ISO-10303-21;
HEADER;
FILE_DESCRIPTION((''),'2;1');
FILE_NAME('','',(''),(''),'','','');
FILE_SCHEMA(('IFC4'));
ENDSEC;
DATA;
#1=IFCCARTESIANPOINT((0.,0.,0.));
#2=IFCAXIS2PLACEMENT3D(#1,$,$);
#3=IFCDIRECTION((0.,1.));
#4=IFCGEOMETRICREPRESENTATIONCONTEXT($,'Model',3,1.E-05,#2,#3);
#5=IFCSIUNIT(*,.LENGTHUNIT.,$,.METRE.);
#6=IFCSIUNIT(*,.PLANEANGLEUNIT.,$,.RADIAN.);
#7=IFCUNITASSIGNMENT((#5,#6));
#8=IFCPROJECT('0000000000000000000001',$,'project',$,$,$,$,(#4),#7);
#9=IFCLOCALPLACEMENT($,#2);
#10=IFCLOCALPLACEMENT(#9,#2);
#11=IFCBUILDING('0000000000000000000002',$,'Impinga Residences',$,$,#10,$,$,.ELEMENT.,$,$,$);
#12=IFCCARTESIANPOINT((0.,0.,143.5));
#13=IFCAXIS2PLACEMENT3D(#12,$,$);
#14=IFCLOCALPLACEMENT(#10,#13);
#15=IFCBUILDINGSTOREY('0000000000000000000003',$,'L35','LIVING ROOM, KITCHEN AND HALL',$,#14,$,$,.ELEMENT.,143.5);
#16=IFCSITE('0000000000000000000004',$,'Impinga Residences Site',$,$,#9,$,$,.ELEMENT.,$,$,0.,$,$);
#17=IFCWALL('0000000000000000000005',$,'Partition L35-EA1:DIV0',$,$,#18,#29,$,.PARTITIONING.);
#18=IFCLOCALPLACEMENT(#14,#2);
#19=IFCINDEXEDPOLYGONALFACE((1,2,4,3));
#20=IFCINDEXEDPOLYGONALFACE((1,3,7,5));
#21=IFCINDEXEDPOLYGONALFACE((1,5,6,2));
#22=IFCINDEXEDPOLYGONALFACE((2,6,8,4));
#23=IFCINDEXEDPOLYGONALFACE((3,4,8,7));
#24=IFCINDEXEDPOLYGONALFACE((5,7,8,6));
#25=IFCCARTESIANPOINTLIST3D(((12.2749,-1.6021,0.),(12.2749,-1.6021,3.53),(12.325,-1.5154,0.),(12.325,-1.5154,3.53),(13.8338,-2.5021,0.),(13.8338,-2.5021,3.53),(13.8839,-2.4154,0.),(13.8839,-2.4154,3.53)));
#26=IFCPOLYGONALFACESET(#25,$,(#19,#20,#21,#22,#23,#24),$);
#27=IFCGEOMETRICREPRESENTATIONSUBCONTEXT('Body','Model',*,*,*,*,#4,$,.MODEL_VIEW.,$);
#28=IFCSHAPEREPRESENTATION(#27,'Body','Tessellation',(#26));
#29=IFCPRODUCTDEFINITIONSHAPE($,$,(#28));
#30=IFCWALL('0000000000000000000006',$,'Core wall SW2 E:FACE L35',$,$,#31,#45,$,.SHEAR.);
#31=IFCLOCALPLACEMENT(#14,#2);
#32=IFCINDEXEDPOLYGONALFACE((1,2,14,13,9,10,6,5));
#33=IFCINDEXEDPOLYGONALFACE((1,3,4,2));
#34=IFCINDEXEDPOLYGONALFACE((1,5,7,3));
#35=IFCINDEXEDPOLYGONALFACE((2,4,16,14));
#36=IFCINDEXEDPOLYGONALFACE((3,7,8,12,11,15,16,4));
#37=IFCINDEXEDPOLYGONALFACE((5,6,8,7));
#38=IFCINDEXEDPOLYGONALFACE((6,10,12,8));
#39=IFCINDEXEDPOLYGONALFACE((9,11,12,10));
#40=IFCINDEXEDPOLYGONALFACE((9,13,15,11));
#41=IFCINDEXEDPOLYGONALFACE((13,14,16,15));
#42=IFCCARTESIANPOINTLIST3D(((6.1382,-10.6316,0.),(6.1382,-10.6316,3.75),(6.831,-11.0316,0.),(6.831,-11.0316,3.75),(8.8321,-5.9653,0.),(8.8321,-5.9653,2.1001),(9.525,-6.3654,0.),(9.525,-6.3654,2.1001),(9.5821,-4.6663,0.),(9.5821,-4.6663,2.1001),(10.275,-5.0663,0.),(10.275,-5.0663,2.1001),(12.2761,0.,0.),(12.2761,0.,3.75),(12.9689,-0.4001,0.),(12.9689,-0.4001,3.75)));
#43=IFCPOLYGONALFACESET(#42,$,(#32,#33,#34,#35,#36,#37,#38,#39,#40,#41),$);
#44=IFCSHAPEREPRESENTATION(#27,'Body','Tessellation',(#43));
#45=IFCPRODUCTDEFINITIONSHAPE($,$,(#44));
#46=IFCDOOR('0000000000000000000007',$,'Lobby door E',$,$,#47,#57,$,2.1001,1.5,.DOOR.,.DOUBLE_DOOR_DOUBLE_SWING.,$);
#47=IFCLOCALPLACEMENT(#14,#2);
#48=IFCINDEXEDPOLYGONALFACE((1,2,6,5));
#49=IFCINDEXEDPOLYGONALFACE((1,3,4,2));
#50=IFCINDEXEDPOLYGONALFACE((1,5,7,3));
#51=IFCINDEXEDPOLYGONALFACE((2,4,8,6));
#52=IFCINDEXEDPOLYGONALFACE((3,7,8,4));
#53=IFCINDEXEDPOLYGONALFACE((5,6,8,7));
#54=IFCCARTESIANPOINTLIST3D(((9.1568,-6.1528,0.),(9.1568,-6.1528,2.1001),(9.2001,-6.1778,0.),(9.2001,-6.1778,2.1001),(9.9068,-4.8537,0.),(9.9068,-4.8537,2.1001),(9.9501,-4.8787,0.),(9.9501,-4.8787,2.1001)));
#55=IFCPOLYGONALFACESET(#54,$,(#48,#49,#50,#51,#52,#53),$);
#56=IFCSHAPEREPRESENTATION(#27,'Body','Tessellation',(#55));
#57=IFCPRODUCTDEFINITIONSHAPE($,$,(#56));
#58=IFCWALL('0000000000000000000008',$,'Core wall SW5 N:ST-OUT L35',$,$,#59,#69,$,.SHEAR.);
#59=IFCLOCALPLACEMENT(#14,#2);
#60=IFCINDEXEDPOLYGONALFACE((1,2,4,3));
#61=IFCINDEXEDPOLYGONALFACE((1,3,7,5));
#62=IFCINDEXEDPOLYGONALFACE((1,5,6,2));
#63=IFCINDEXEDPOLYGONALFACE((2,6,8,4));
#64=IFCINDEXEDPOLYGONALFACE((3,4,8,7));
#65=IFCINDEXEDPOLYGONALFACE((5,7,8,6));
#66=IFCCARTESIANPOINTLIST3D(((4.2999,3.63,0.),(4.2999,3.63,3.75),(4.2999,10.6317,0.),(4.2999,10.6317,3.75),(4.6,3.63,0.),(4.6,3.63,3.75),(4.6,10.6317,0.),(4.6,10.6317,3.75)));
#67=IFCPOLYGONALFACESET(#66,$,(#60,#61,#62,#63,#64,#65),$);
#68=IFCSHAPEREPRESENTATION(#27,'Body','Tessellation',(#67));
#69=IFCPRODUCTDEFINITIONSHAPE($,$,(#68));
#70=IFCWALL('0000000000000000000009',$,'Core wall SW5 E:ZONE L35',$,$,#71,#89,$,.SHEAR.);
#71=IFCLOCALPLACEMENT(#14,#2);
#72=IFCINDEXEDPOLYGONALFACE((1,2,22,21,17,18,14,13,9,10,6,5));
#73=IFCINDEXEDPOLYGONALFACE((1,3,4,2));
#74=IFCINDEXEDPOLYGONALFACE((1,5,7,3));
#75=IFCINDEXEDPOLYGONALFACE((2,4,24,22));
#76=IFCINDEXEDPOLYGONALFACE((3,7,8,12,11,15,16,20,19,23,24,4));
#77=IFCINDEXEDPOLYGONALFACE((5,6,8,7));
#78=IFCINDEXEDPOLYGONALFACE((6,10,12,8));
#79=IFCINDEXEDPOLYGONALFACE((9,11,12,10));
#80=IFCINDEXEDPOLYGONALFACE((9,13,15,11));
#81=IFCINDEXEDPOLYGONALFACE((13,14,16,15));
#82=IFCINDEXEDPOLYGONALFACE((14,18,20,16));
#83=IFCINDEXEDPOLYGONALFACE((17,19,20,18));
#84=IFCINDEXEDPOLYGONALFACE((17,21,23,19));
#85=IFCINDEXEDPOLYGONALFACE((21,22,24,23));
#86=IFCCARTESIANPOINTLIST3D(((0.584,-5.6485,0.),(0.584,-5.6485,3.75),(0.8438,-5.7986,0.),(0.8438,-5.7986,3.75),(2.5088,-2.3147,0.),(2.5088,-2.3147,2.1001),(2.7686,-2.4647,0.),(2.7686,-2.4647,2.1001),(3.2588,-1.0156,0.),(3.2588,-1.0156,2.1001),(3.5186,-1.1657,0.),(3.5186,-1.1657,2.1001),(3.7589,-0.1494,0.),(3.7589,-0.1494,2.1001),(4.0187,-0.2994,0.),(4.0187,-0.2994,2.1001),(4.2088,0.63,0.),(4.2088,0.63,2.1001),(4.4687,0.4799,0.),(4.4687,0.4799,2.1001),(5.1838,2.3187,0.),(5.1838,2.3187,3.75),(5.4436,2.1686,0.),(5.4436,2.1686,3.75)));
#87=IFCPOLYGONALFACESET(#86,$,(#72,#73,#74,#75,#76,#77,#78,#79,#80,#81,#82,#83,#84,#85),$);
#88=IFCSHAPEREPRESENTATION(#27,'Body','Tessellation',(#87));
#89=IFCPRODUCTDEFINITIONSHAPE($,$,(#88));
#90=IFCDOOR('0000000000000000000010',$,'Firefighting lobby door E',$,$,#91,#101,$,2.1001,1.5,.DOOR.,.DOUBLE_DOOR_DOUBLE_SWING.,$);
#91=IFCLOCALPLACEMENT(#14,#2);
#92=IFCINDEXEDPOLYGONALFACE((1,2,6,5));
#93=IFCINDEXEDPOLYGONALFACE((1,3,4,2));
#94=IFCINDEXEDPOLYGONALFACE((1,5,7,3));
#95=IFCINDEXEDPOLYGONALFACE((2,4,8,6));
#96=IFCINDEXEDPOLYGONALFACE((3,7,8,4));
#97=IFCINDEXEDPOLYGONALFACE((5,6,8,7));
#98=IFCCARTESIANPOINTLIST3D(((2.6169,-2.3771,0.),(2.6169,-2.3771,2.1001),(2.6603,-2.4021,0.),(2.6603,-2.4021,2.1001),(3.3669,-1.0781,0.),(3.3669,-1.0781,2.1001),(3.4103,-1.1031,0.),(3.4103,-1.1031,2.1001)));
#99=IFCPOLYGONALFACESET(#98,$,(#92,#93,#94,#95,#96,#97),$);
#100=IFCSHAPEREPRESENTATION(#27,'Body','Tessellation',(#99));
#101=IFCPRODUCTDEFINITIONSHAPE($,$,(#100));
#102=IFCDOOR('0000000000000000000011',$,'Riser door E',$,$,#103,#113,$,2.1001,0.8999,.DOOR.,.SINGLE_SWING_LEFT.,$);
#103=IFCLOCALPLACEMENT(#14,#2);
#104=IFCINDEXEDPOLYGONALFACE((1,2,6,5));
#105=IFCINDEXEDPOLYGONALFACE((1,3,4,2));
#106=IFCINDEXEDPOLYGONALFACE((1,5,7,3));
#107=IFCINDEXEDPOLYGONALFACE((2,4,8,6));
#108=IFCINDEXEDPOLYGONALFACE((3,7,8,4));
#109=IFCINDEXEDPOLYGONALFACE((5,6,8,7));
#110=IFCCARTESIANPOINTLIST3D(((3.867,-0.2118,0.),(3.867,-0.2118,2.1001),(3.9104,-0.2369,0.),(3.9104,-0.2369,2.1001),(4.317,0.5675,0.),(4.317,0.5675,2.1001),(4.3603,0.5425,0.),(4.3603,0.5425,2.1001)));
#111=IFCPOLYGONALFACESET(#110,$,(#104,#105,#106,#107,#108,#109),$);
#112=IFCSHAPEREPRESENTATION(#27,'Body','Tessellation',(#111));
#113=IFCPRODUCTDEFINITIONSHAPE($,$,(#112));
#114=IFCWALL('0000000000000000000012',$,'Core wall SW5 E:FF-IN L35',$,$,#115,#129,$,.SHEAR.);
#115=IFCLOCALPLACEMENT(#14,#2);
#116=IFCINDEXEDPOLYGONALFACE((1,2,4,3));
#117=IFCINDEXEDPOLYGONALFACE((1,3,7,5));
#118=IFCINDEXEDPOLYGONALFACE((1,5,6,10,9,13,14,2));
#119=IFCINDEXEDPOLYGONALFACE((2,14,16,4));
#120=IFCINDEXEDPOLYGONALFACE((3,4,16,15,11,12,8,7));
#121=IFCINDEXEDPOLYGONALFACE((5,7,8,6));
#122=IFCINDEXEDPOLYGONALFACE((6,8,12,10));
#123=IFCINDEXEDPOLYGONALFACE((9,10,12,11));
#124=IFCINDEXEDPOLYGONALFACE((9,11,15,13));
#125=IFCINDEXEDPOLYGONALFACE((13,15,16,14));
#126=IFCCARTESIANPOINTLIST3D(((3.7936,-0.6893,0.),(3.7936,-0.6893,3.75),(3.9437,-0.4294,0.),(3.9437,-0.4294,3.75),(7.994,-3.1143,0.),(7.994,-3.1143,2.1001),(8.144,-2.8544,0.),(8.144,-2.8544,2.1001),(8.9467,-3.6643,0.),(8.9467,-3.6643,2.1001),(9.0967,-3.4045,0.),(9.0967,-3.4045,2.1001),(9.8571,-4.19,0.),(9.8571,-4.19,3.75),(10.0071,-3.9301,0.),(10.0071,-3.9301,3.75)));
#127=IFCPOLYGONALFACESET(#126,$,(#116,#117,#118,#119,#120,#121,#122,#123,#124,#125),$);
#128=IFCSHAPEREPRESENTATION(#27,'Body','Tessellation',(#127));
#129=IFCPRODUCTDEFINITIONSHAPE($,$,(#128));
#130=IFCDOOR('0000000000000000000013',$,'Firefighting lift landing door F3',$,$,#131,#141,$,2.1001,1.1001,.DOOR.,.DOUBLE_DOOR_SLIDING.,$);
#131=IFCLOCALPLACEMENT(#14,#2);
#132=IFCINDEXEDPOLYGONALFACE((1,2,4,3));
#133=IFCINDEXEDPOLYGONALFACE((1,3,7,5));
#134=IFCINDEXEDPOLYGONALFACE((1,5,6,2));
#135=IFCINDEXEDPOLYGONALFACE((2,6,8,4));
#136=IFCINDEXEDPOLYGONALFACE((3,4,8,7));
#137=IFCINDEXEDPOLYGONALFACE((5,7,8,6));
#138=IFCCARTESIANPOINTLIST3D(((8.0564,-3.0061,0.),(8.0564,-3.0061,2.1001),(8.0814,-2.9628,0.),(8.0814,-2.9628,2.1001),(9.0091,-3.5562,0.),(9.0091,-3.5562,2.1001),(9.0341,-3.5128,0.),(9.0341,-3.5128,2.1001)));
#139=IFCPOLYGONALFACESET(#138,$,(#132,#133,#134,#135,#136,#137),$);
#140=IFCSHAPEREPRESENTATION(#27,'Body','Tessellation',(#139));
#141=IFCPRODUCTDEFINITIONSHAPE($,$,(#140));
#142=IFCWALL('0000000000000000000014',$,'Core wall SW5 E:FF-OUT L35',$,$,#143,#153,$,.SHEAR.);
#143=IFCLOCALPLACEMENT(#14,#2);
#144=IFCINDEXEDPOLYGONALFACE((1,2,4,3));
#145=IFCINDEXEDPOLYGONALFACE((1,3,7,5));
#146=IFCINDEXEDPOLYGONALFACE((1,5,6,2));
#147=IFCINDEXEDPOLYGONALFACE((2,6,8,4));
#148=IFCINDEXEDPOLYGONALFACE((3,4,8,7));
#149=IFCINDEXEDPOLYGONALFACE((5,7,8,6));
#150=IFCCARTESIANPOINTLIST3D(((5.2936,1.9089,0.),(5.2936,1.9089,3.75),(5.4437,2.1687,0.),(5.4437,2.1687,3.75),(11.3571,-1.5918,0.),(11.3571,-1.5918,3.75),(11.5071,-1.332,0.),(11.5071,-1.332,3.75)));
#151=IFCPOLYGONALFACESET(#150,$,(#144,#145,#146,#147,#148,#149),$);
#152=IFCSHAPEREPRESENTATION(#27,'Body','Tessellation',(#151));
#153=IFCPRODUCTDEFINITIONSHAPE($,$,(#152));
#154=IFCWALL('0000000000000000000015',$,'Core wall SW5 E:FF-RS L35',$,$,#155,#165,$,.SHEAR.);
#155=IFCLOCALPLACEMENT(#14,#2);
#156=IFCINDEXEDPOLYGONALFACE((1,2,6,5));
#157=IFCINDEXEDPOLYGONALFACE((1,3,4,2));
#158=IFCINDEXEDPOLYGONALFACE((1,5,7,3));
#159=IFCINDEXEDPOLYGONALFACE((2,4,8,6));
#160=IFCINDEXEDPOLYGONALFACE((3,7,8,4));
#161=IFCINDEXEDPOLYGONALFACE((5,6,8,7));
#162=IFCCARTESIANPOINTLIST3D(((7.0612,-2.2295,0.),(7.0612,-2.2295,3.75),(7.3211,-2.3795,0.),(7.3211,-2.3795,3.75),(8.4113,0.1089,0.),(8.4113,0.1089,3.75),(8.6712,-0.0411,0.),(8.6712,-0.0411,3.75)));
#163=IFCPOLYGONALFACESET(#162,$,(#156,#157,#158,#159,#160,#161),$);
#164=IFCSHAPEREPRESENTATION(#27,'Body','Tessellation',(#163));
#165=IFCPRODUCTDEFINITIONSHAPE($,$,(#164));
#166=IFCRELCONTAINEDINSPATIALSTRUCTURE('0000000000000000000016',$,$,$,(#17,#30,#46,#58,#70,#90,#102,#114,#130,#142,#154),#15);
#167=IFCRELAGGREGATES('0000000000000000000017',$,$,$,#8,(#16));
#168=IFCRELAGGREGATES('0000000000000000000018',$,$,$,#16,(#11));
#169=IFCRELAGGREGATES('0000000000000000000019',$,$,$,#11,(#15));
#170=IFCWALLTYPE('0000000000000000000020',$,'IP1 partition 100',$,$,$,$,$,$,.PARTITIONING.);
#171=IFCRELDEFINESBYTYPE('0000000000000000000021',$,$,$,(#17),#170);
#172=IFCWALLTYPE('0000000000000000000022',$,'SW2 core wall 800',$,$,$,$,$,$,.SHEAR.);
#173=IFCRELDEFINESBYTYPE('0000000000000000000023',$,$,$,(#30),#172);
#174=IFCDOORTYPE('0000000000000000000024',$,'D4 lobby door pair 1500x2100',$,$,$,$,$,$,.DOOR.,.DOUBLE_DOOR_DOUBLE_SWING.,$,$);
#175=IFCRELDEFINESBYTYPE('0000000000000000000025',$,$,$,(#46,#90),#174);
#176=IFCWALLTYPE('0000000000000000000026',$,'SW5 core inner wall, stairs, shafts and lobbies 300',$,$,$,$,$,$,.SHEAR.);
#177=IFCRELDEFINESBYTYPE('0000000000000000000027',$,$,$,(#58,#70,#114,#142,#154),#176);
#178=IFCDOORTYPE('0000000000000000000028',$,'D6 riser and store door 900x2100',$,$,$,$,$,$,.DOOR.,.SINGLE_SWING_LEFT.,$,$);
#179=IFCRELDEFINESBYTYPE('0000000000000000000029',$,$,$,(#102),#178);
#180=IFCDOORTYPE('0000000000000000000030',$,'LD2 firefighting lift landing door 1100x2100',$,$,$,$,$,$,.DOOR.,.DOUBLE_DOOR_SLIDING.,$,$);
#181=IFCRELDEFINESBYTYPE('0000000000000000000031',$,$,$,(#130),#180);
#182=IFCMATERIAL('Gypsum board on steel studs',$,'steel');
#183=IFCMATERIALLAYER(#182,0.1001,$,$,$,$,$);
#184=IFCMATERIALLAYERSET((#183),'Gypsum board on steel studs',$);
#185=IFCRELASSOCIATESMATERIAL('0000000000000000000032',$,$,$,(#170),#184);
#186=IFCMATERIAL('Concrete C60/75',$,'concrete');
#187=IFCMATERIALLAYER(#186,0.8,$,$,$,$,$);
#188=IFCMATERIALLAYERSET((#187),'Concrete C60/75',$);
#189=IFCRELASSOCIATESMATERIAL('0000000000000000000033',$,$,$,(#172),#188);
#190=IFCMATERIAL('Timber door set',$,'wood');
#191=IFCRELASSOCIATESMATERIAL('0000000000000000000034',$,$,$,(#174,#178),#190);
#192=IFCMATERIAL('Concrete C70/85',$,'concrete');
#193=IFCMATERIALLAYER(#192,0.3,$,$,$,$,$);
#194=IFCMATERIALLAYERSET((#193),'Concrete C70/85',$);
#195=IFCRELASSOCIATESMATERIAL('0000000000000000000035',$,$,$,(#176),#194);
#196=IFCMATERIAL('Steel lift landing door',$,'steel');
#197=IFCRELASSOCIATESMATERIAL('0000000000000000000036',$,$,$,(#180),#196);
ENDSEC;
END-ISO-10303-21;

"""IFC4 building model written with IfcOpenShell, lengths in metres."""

from ifc_helpers import new_model, si_unit, direction, frame, frame_2d, origin, place, context, subcontext, project, spatial, rectangle, extrude, material, layer, layer_set, type_object, element, fill, save


model = new_model("IFC4")

# Units and contexts
model_context = context("Model", 3, precision=1e-05, world=origin(), true_north=direction((0.0, 1.0)))
body_context = subcontext(model_context, "Body", "Model", "MODEL_VIEW")
ifc_project = project(units=[si_unit("LENGTHUNIT", "METRE"), si_unit("PLANEANGLEUNIT", "RADIAN")], contexts=[model_context])

# Site, building, storey
site_placement = place(None, origin())
site = spatial("IfcSite", under=ifc_project, at=site_placement, Name="Impinga Residences Site", CompositionType="ELEMENT", RefElevation=0.0)
building_placement = place(site_placement, origin())
building = spatial("IfcBuilding", under=site, at=building_placement, Name="Impinga Residences", CompositionType="ELEMENT")
storey_placement = place(building_placement, frame((0.0, 0.0, 143.5)))
storey = spatial("IfcBuildingStorey", under=building, at=storey_placement, Name="L35", Description="LIVING ROOM, KITCHEN AND HALL", CompositionType="ELEMENT", Elevation=143.5)

# Wall
ifc_material_1 = material(Name="Gypsum board on steel studs", Category="steel")
ifc_layer_1 = layer(ifc_material_1, 0.1001)
ifc_layer_set_1 = layer_set([ifc_layer_1], Name="Gypsum board on steel studs")
wall_type_1 = type_object("IfcWallType", Name="IP1 partition 100", PredefinedType="PARTITIONING", material=ifc_layer_set_1)
wall_1_placement = place(storey_placement, frame((12.3, -1.5588, 0.0), z_axis=(0.0, 0.0, 1.0), x_axis=(0.866048, -0.499961, 0.0)))
element("IfcWall", 1, at=wall_1_placement, inside=storey, type_object=wall_type_1, Name="Partition L35-EA1:DIV0", PredefinedType="PARTITIONING", context=body_context, shape_type="SweptSolid", body=[
    extrude(rectangle(XDim=1.8, YDim=0.1001, at=frame_2d((0.8999, 0.0))), origin(), (0.0, 0.0, 1.0), 3.53),
])

# Wall, opening, door
ifc_material_2 = material(Name="Concrete C60/75", Category="concrete")
ifc_layer_2 = layer(ifc_material_2, 0.8)
ifc_layer_set_2 = layer_set([ifc_layer_2], Name="Concrete C60/75")
wall_type_2 = type_object("IfcWallType", Name="SW2 core wall 800", PredefinedType="SHEAR", material=ifc_layer_set_2)
wall_2_placement = place(storey_placement, frame((12.6226, -0.2, 0.0), z_axis=(0.0, 0.0, 1.0), x_axis=(-0.499987, -0.866033, 0.0)))
wall_2 = element("IfcWall", 2, at=wall_2_placement, inside=storey, type_object=wall_type_2, Name="Core wall SW2 E:FACE L35", PredefinedType="SHEAR", context=body_context, shape_type="SweptSolid", body=[
    extrude(rectangle(XDim=12.2761, YDim=0.8, at=frame_2d((6.1382, 0.0))), origin(), (0.0, 0.0, 1.0), 3.75),
])
opening_1_placement = place(wall_2_placement, frame((5.3882, 0.0, 0.0)))
opening_1 = element("IfcOpeningElement", 3, at=opening_1_placement, cuts=wall_2, PredefinedType="OPENING", context=body_context, shape_type="SweptSolid", body=[
    extrude(rectangle(XDim=1.5, YDim=2.1001, at=frame_2d((0.75, 1.05))), frame((0.0, 0.4099, 0.0), z_axis=(0.0, -1.0, 0.0), x_axis=(1.0, 0.0, 0.0)), (0.0, 0.0, 1.0), 0.8201),
])
ifc_material_3 = material(Name="Timber door set", Category="wood")
door_type_1 = type_object("IfcDoorType", Name="D4 lobby door pair 1500x2100", OperationType="DOUBLE_DOOR_DOUBLE_SWING", PredefinedType="DOOR", material=ifc_material_3)
door_1_placement = place(opening_1_placement, origin())
door_1 = element("IfcDoor", 4, at=door_1_placement, inside=storey, type_object=door_type_1, Name="Lobby door E", OperationType="DOUBLE_DOOR_DOUBLE_SWING", OverallHeight=2.1001, OverallWidth=1.5, PredefinedType="DOOR", context=body_context, shape_type="SweptSolid", body=[
    extrude(rectangle(XDim=1.5, YDim=2.1001, at=frame_2d((0.75, 1.05))), frame((0.0, 0.0249, 0.0), z_axis=(0.0, -1.0, 0.0), x_axis=(1.0, 0.0, 0.0)), (0.0, 0.0, 1.0), 0.05),
])
fill(opening_1, door_1)

# Wall
ifc_material_4 = material(Name="Concrete C70/85", Category="concrete")
ifc_layer_3 = layer(ifc_material_4, 0.3)
ifc_layer_set_3 = layer_set([ifc_layer_3], Name="Concrete C70/85")
wall_type_3 = type_object("IfcWallType", Name="SW5 core inner wall, stairs, shafts and lobbies 300", PredefinedType="SHEAR", material=ifc_layer_set_3)
wall_3_placement = place(storey_placement, frame((4.45, 3.6299, 0.0), z_axis=(0.0, 0.0, 1.0), x_axis=(0.0, 1.0, 0.0)))
element("IfcWall", 5, at=wall_3_placement, inside=storey, type_object=wall_type_3, Name="Core wall SW5 N:ST-OUT L35", PredefinedType="SHEAR", context=body_context, shape_type="SweptSolid", body=[
    extrude(rectangle(XDim=7.0017, YDim=0.3, at=frame_2d((3.501, 0.0))), origin(), (0.0, 0.0, 1.0), 3.75),
])

# Wall, openings, doors
wall_4_placement = place(storey_placement, frame((5.3137, 2.2437, 0.0), z_axis=(0.0, 0.0, 1.0), x_axis=(-0.499995, -0.866028, 0.0)))
wall_4 = element("IfcWall", 6, at=wall_4_placement, inside=storey, type_object=wall_type_3, Name="Core wall SW5 E:ZONE L35", PredefinedType="SHEAR", context=body_context, shape_type="SweptSolid", body=[
    extrude(rectangle(XDim=9.1997, YDim=0.3, at=frame_2d((4.5999, 0.0))), origin(), (0.0, 0.0, 1.0), 3.75),
])
opening_2_placement = place(wall_4_placement, frame((3.8501, 0.0, 0.0)))
opening_2 = element("IfcOpeningElement", 7, at=opening_2_placement, cuts=wall_4, PredefinedType="OPENING", context=body_context, shape_type="SweptSolid", body=[
    extrude(rectangle(XDim=1.5, YDim=2.1001, at=frame_2d((0.75, 1.05))), frame((0.0, 0.1599, 0.0), z_axis=(0.0, -1.0, 0.0), x_axis=(1.0, 0.0, 0.0)), (0.0, 0.0, 1.0), 0.3201),
])
opening_3_placement = place(wall_4_placement, frame((1.95, 0.0, 0.0)))
opening_3 = element("IfcOpeningElement", 8, at=opening_3_placement, cuts=wall_4, PredefinedType="OPENING", context=body_context, shape_type="SweptSolid", body=[
    extrude(rectangle(XDim=0.8999, YDim=2.1001, at=frame_2d((0.45, 1.05))), frame((0.0, 0.1599, 0.0), z_axis=(0.0, -1.0, 0.0), x_axis=(1.0, 0.0, 0.0)), (0.0, 0.0, 1.0), 0.3201),
])
door_2_placement = place(opening_2_placement, origin())
door_2 = element("IfcDoor", 9, at=door_2_placement, inside=storey, type_object=door_type_1, Name="Firefighting lobby door E", OperationType="DOUBLE_DOOR_DOUBLE_SWING", OverallHeight=2.1001, OverallWidth=1.5, PredefinedType="DOOR", context=body_context, shape_type="SweptSolid", body=[
    extrude(rectangle(XDim=1.5, YDim=2.1001, at=frame_2d((0.75, 1.05))), frame((0.0, 0.0249, 0.0), z_axis=(0.0, -1.0, 0.0), x_axis=(1.0, 0.0, 0.0)), (0.0, 0.0, 1.0), 0.05),
])
fill(opening_2, door_2)
door_type_2 = type_object("IfcDoorType", Name="D6 riser and store door 900x2100", OperationType="SINGLE_SWING_LEFT", PredefinedType="DOOR", material=ifc_material_3)
door_3_placement = place(opening_3_placement, origin())
door_3 = element("IfcDoor", 10, at=door_3_placement, inside=storey, type_object=door_type_2, Name="Riser door E", OperationType="SINGLE_SWING_LEFT", OverallHeight=2.1001, OverallWidth=0.8999, PredefinedType="DOOR", context=body_context, shape_type="SweptSolid", body=[
    extrude(rectangle(XDim=0.8999, YDim=2.1001, at=frame_2d((0.45, 1.05))), frame((0.0, 0.0249, 0.0), z_axis=(0.0, -1.0, 0.0), x_axis=(1.0, 0.0, 0.0)), (0.0, 0.0, 1.0), 0.05),
])
fill(opening_3, door_3)

# Wall, opening, door
wall_5_placement = place(storey_placement, frame((3.8687, -0.5593, 0.0), z_axis=(0.0, 0.0, 1.0), x_axis=(0.866026, -0.499998, 0.0)))
wall_5 = element("IfcWall", 11, at=wall_5_placement, inside=storey, type_object=wall_type_3, Name="Core wall SW5 E:FF-IN L35", PredefinedType="SHEAR", context=body_context, shape_type="SweptSolid", body=[
    extrude(rectangle(XDim=7.0015, YDim=0.3, at=frame_2d((3.5007, 0.0))), origin(), (0.0, 0.0, 1.0), 3.75),
])
opening_4_placement = place(wall_5_placement, frame((4.8501, 0.0, 0.0)))
opening_4 = element("IfcOpeningElement", 12, at=opening_4_placement, cuts=wall_5, PredefinedType="OPENING", context=body_context, shape_type="SweptSolid", body=[
    extrude(rectangle(XDim=1.1001, YDim=2.1001, at=frame_2d((0.55, 1.05))), frame((0.0, 0.1599, 0.0), z_axis=(0.0, -1.0, 0.0), x_axis=(1.0, 0.0, 0.0)), (0.0, 0.0, 1.0), 0.3201),
])
ifc_material_5 = material(Name="Steel lift landing door", Category="steel")
door_type_3 = type_object("IfcDoorType", Name="LD2 firefighting lift landing door 1100x2100", OperationType="DOUBLE_DOOR_SLIDING", PredefinedType="DOOR", material=ifc_material_5)
door_4_placement = place(opening_4_placement, origin())
door_4 = element("IfcDoor", 13, at=door_4_placement, inside=storey, type_object=door_type_3, Name="Firefighting lift landing door F3", OperationType="DOUBLE_DOOR_SLIDING", OverallHeight=2.1001, OverallWidth=1.1001, PredefinedType="DOOR", context=body_context, shape_type="SweptSolid", body=[
    extrude(rectangle(XDim=1.1001, YDim=2.1001, at=frame_2d((0.55, 1.05))), frame((0.0, 0.0249, 0.0), z_axis=(0.0, -1.0, 0.0), x_axis=(1.0, 0.0, 0.0)), (0.0, 0.0, 1.0), 0.05),
])
fill(opening_4, door_4)

# Walls
wall_6_placement = place(storey_placement, frame((5.3687, 2.0388, 0.0), z_axis=(0.0, 0.0, 1.0), x_axis=(0.866026, -0.499998, 0.0)))
element("IfcWall", 14, at=wall_6_placement, inside=storey, type_object=wall_type_3, Name="Core wall SW5 E:FF-OUT L35", PredefinedType="SHEAR", context=body_context, shape_type="SweptSolid", body=[
    extrude(rectangle(XDim=7.0015, YDim=0.3, at=frame_2d((3.5007, 0.0))), origin(), (0.0, 0.0, 1.0), 3.75),
])
wall_7_placement = place(storey_placement, frame((8.5413, 0.0339, 0.0), z_axis=(0.0, 0.0, 1.0), x_axis=(-0.500009, -0.86602, 0.0)))
element("IfcWall", 15, at=wall_7_placement, inside=storey, type_object=wall_type_3, Name="Core wall SW5 E:FF-RS L35", PredefinedType="SHEAR", context=body_context, shape_type="SweptSolid", body=[
    extrude(rectangle(XDim=2.7002, YDim=0.3, at=frame_2d((1.3501, 0.0))), origin(), (0.0, 0.0, 1.0), 3.75),
])

save(model, "model.ifc")
